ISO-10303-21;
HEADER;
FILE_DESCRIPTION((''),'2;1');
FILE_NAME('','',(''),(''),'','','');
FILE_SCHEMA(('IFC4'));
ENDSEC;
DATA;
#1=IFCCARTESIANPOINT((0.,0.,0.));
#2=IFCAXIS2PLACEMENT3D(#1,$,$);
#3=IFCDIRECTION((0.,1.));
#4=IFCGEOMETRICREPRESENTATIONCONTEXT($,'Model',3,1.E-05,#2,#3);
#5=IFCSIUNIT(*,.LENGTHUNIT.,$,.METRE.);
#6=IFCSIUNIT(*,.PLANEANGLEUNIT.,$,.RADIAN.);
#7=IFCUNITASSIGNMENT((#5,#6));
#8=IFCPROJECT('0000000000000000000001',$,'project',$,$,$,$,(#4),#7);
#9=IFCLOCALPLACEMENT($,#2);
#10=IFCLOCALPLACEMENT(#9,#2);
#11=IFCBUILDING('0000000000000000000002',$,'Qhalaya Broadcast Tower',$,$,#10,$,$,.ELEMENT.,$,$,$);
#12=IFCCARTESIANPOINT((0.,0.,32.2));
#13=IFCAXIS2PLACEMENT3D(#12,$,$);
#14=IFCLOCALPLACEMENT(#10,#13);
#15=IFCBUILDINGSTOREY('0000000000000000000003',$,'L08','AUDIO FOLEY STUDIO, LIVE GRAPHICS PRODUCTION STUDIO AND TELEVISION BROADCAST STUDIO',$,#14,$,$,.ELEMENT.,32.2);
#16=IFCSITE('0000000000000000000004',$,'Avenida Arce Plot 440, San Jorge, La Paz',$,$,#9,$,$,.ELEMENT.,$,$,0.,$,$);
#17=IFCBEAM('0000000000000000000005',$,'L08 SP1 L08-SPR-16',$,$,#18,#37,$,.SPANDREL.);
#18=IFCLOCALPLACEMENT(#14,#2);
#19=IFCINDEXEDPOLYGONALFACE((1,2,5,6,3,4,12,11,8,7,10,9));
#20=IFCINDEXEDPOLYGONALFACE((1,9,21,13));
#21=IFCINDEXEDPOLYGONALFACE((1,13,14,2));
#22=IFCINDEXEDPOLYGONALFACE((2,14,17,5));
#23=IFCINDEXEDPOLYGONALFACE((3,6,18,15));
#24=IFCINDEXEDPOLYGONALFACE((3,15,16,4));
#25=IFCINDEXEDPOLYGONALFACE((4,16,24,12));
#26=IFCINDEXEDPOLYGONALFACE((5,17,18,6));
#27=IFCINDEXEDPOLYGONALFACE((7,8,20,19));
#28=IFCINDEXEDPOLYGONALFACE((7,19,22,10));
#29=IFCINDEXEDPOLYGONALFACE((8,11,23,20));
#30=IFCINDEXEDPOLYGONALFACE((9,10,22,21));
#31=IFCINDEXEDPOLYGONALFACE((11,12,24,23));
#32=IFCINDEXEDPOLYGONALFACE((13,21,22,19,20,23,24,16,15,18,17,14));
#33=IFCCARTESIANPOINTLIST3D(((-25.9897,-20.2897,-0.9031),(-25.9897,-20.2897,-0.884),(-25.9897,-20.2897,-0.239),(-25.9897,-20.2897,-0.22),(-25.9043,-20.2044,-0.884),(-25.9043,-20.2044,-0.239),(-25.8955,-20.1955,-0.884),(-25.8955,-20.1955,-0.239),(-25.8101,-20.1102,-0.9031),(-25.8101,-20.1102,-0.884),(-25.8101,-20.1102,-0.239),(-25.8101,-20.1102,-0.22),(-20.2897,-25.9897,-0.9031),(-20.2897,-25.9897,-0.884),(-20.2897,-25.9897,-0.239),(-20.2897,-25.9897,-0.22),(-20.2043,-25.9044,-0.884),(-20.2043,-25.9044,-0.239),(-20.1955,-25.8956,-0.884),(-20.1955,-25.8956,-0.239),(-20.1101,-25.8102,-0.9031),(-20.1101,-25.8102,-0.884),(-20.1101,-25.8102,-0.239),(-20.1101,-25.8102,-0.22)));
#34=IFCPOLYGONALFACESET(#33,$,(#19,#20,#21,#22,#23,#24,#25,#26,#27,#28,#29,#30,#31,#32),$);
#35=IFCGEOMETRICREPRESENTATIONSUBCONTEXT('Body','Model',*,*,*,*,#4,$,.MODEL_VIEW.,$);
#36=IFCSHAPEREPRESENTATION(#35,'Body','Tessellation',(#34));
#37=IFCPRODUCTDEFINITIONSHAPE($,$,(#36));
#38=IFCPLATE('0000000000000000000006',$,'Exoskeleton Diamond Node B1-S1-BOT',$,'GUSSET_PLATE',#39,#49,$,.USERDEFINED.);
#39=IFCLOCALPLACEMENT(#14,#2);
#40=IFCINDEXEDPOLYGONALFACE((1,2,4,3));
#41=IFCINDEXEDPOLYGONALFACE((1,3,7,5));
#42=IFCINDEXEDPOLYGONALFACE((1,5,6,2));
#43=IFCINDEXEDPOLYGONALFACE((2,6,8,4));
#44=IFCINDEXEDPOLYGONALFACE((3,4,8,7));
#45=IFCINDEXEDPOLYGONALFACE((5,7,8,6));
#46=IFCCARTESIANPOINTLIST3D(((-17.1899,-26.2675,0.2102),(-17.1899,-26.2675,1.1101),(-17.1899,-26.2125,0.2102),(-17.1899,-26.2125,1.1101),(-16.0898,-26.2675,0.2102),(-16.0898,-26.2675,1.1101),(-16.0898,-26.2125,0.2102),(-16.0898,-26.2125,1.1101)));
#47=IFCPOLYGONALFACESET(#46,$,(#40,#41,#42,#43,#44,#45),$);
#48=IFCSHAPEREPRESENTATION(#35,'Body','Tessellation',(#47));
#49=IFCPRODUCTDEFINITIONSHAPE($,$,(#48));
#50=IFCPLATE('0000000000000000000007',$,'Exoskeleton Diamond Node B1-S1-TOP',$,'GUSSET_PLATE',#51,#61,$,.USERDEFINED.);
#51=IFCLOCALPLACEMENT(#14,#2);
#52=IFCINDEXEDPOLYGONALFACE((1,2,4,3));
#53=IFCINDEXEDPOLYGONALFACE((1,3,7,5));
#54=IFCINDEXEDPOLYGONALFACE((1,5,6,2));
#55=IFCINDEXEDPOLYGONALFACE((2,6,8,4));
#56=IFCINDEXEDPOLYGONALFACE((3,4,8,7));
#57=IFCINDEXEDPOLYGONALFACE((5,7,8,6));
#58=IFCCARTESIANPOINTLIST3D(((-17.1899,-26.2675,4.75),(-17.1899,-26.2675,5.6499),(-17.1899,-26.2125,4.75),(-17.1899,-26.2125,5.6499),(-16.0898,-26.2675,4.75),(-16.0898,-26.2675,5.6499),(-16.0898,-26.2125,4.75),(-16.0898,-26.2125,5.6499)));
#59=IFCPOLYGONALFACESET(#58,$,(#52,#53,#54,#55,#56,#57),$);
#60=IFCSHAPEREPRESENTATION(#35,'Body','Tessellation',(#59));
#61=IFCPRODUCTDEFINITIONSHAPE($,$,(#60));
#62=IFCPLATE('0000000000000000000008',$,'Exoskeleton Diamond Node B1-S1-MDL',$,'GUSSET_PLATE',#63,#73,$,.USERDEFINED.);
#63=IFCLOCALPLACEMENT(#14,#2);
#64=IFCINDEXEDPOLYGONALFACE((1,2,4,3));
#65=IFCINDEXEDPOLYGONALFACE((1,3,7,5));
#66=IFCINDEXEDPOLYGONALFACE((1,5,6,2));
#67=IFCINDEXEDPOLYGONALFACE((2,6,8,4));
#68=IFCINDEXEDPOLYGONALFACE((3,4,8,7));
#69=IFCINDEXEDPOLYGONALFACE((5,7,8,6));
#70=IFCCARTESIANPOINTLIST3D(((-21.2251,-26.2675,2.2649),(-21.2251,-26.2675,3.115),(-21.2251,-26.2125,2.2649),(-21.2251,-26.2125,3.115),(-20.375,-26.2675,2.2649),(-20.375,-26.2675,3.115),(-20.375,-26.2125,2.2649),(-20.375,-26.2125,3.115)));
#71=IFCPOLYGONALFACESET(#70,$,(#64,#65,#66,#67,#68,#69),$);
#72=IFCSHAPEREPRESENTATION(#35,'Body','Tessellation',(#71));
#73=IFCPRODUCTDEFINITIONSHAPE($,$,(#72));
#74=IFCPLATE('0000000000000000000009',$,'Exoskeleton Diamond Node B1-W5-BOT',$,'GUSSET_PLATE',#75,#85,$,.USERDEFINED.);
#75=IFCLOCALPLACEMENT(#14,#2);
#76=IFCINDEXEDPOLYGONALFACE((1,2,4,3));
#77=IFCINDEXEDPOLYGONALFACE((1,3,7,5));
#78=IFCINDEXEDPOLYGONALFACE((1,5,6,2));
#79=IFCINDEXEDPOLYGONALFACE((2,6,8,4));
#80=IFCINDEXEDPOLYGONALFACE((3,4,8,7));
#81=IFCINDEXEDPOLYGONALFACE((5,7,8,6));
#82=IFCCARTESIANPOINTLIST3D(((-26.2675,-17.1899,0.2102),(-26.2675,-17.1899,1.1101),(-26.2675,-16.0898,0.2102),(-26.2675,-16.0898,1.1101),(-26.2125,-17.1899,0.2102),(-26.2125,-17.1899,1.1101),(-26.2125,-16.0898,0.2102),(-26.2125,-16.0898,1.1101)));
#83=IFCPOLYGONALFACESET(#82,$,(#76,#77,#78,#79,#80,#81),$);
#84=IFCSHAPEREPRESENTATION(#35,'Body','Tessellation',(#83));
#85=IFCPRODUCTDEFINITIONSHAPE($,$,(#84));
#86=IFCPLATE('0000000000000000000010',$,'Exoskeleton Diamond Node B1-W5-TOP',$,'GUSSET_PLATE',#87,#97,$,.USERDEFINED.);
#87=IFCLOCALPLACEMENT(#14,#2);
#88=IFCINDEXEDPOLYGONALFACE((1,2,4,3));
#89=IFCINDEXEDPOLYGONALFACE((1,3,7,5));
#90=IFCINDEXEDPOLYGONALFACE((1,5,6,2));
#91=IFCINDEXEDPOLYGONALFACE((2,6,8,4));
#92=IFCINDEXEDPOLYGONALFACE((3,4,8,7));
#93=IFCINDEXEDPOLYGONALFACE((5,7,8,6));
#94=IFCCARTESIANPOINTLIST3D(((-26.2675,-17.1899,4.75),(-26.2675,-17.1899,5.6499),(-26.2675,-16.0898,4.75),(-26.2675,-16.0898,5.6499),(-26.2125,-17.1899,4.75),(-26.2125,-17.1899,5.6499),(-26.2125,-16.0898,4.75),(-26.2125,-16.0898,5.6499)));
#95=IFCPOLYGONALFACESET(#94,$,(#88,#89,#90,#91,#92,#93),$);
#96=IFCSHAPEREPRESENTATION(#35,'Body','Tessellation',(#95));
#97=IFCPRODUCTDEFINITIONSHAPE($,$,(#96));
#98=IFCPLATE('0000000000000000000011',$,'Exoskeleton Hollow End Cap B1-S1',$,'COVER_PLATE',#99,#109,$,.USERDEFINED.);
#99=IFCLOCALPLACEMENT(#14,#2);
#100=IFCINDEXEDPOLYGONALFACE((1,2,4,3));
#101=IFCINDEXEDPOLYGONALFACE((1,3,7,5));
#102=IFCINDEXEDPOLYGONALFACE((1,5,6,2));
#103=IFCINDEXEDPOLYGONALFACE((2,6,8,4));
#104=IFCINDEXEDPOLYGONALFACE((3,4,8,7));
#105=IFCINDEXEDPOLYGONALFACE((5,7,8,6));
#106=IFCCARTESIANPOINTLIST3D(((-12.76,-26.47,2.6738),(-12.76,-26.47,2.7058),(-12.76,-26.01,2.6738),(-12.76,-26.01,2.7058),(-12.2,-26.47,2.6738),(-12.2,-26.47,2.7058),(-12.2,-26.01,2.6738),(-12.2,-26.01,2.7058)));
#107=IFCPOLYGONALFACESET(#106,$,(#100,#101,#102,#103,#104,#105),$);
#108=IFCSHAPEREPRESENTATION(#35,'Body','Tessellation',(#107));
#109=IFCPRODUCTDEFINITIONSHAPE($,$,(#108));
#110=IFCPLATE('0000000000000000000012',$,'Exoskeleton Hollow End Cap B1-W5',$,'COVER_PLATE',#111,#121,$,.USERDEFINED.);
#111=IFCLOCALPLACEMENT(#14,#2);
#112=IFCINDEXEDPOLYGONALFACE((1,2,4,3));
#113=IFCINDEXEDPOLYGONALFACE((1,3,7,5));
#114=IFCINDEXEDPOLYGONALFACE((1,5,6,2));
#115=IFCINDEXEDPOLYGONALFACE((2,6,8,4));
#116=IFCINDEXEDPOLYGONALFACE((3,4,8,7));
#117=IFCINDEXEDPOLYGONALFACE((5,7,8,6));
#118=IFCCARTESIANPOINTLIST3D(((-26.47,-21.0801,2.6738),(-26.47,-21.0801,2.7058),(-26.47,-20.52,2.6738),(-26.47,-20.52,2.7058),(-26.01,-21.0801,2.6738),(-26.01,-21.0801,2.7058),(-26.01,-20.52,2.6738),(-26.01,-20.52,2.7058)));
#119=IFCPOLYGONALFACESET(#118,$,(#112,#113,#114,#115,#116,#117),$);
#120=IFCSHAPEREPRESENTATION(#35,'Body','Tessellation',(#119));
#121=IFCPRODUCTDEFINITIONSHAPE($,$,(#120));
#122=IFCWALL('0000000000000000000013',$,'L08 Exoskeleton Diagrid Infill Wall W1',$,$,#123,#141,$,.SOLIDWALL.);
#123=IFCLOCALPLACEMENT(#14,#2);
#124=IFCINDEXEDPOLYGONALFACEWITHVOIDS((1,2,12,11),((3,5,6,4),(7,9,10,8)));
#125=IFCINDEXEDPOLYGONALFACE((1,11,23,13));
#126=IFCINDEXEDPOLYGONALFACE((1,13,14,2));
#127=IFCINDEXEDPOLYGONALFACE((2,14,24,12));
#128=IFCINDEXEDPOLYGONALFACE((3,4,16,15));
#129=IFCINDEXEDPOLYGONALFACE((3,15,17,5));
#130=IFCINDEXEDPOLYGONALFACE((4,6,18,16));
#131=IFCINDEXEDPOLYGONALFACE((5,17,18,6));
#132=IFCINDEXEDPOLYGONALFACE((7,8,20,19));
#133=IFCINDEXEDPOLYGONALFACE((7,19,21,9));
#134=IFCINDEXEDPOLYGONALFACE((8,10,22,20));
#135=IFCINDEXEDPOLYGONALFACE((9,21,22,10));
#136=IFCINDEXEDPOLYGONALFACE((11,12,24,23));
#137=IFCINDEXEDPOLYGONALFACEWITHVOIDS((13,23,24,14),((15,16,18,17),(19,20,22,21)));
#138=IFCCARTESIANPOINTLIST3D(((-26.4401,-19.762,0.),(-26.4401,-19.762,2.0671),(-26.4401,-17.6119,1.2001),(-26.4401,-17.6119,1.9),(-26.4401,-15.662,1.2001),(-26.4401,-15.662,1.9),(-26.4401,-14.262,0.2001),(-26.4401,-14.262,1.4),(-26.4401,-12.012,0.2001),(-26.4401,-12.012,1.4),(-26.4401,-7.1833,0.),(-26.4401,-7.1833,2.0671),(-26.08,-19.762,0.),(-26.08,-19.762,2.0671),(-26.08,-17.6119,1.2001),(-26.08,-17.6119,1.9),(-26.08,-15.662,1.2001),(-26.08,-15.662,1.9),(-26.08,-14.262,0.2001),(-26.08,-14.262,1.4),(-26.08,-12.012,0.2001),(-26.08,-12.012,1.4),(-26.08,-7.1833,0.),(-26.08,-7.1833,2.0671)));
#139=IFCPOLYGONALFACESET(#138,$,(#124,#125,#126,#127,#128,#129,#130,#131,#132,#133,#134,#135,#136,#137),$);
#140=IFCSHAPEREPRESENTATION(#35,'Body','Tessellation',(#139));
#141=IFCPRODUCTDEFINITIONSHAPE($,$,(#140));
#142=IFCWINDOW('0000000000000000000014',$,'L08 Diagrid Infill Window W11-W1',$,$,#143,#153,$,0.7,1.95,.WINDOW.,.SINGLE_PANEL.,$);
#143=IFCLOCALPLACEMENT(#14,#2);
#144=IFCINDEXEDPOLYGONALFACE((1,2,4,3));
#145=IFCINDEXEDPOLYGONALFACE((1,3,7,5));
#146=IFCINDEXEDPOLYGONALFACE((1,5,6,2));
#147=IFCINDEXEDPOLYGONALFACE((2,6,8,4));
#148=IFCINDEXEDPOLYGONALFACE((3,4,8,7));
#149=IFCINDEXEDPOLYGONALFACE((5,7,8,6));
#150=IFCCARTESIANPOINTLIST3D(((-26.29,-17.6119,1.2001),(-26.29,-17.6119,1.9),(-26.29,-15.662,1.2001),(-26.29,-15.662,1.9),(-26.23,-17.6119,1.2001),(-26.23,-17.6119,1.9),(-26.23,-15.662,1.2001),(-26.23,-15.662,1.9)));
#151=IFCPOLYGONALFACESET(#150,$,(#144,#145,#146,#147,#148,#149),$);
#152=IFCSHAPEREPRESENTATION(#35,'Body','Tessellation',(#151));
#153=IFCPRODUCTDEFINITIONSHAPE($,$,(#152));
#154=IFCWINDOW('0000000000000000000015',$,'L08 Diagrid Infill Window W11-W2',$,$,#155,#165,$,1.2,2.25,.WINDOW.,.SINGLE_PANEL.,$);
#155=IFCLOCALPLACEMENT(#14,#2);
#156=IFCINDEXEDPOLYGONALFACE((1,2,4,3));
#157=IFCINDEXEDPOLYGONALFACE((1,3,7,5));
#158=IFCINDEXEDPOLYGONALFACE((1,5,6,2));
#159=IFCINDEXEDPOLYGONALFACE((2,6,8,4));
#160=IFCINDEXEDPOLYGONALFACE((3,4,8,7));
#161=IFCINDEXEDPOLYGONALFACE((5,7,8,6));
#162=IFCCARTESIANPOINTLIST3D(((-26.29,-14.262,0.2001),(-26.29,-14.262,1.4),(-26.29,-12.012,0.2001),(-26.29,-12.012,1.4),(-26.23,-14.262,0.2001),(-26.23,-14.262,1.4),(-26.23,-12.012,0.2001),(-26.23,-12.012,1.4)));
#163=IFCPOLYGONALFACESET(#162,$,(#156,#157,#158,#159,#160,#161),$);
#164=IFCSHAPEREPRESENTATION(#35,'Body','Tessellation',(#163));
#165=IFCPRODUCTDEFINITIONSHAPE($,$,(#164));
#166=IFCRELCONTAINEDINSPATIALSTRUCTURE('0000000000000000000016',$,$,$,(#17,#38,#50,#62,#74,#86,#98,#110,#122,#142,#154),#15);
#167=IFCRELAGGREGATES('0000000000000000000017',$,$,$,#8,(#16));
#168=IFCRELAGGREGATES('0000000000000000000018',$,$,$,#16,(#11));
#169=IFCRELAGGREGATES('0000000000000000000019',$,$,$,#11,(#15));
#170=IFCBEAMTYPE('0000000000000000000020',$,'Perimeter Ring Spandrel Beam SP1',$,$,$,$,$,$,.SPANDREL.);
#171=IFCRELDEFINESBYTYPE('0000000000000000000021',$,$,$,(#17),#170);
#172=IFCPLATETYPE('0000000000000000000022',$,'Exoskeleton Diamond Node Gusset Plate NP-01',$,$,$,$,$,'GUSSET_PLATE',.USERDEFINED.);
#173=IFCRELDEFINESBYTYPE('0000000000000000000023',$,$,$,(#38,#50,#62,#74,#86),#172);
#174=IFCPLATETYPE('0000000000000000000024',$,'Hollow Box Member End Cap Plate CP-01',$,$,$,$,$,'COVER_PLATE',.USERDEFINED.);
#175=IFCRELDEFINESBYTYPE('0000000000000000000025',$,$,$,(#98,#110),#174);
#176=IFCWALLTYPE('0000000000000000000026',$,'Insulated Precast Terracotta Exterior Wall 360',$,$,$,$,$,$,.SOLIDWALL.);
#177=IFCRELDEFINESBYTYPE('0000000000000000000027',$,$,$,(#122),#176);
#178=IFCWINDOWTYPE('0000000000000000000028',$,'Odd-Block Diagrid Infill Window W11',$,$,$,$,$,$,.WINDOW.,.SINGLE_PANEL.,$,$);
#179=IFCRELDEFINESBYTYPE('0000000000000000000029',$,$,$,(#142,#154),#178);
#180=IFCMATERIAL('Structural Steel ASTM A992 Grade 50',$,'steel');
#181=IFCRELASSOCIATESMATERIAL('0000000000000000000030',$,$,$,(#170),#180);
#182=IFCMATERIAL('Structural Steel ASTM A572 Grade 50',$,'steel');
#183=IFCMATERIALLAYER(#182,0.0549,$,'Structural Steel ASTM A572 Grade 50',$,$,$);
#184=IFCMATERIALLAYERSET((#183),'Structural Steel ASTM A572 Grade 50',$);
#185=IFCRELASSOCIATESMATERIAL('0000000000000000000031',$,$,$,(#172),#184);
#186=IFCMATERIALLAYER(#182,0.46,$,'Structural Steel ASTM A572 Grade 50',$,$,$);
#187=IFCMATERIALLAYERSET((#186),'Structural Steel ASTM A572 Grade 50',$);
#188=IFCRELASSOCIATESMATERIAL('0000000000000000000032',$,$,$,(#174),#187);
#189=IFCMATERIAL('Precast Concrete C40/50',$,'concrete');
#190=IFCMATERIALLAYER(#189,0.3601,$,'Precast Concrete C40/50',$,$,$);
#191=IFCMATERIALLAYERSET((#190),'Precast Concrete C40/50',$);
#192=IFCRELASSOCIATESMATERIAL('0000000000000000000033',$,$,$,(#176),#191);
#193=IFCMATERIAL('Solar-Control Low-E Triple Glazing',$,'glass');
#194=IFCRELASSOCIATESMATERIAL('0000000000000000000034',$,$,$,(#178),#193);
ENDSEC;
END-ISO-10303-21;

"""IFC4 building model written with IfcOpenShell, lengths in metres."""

from ifc_helpers import new_model, si_unit, direction, frame, frame_2d, origin, origin_2d, place, context, subcontext, project, spatial, rectangle, i_section, extrude, material, layer, layer_set, material_profile, profile_set, type_object, element, fill, save


model = new_model("IFC4")

# Units and contexts
model_context = context("Model", 3, precision=1e-05, world=origin(), true_north=direction((0.0, 1.0)))
body_context = subcontext(model_context, "Body", "Model", "MODEL_VIEW")
ifc_project = project(units=[si_unit("LENGTHUNIT", "METRE"), si_unit("PLANEANGLEUNIT", "RADIAN")], contexts=[model_context])

# Site, building, storey
site_placement = place(None, origin())
site = spatial("IfcSite", under=ifc_project, at=site_placement, Name="Avenida Arce Plot 440, San Jorge, La Paz", CompositionType="ELEMENT", RefElevation=0.0)
building_placement = place(site_placement, origin())
building = spatial("IfcBuilding", under=site, at=building_placement, Name="Qhalaya Broadcast Tower", CompositionType="ELEMENT")
storey_placement = place(building_placement, frame((0.0, 0.0, 32.2)))
storey = spatial("IfcBuildingStorey", under=building, at=storey_placement, Name="L08", Description="AUDIO FOLEY STUDIO, LIVE GRAPHICS PRODUCTION STUDIO AND TELEVISION BROADCAST STUDIO", CompositionType="ELEMENT", Elevation=32.2)

# Shared definitions
ifc_material_1 = material(Name="Structural Steel ASTM A572 Grade 50", Category="steel")

# Beam
ifc_material_2 = material(Name="Structural Steel ASTM A992 Grade 50", Category="steel")
ifc_material_profile_1 = material_profile(ifc_material_2, i_section(OverallWidth=0.2539, OverallDepth=0.6831, WebThickness=0.0125, FlangeThickness=0.019, at=origin_2d()), Name="W27X94")
ifc_profile_set_1 = profile_set([ifc_material_profile_1], Name="Structural Steel ASTM A992 Grade 50")
beam_type = type_object("IfcBeamType", Name="Perimeter Ring Spandrel Beam SP1", PredefinedType="SPANDREL", material=ifc_profile_set_1)
beam_1_placement = place(storey_placement, frame((-25.8999, -20.2, -0.5615), z_axis=(0.707107, -0.707107, 0.0), x_axis=(0.707107, 0.707107, 0.0)))
element("IfcBeam", 1, at=beam_1_placement, inside=storey, type_object=beam_type, Name="L08 SP1 L08-SPR-16", PredefinedType="SPANDREL", context=body_context, shape_type="SweptSolid", body=[
    extrude(i_section(OverallWidth=0.2539, OverallDepth=0.6831, WebThickness=0.0125, FlangeThickness=0.019, at=origin_2d()), origin(), (0.0, 0.0, 1.0), 8.061),
])

# Plates
ifc_layer_1 = layer(ifc_material_1, 0.0549, Name="Structural Steel ASTM A572 Grade 50")
ifc_layer_set_1 = layer_set([ifc_layer_1], Name="Structural Steel ASTM A572 Grade 50")
plate_type_1 = type_object("IfcPlateType", Name="Exoskeleton Diamond Node Gusset Plate NP-01", ElementType="GUSSET_PLATE", PredefinedType="USERDEFINED", material=ifc_layer_set_1)
for number, where, z_axis, x_axis, name in (
    (2, (-16.6399, -26.24, 0.2102), (0.0, 0.0, 1.0), (1.0, 0.0, 0.0), "Exoskeleton Diamond Node B1-S1-BOT"),
    (3, (-16.6399, -26.24, 4.75), (0.0, 0.0, 1.0), (1.0, 0.0, 0.0), "Exoskeleton Diamond Node B1-S1-TOP"),
):
    element("IfcPlate", number, at=place(storey_placement, frame(where, z_axis=z_axis, x_axis=x_axis)), inside=storey, type_object=plate_type_1, Name=name, ObjectType="GUSSET_PLATE", PredefinedType="USERDEFINED", context=body_context, shape_type="SweptSolid", body=[
        extrude(rectangle(XDim=1.1001, YDim=0.0549, at=origin_2d()), origin(), (0.0, 0.0, 1.0), 0.8999),
    ])
plate_placement = place(storey_placement, frame((-20.8, -26.24, 2.2649), z_axis=(0.0, 0.0, 1.0), x_axis=(1.0, 0.0, 0.0)))
element("IfcPlate", 4, at=plate_placement, inside=storey, type_object=plate_type_1, Name="Exoskeleton Diamond Node B1-S1-MDL", ObjectType="GUSSET_PLATE", PredefinedType="USERDEFINED", context=body_context, shape_type="SweptSolid", body=[
    extrude(rectangle(XDim=0.8501, YDim=0.0549, at=origin_2d()), origin(), (0.0, 0.0, 1.0), 0.8501),
])
for number, where, z_axis, x_axis, name in (
    (5, (-26.24, -16.6399, 0.2102), (0.0, 0.0, 1.0), (0.0, 1.0, 0.0), "Exoskeleton Diamond Node B1-W5-BOT"),
    (6, (-26.24, -16.6399, 4.75), (0.0, 0.0, 1.0), (0.0, 1.0, 0.0), "Exoskeleton Diamond Node B1-W5-TOP"),
):
    element("IfcPlate", number, at=place(storey_placement, frame(where, z_axis=z_axis, x_axis=x_axis)), inside=storey, type_object=plate_type_1, Name=name, ObjectType="GUSSET_PLATE", PredefinedType="USERDEFINED", context=body_context, shape_type="SweptSolid", body=[
        extrude(rectangle(XDim=1.1001, YDim=0.0549, at=origin_2d()), origin(), (0.0, 0.0, 1.0), 0.8999),
    ])
ifc_layer_2 = layer(ifc_material_1, 0.46, Name="Structural Steel ASTM A572 Grade 50")
ifc_layer_set_2 = layer_set([ifc_layer_2], Name="Structural Steel ASTM A572 Grade 50")
plate_type_2 = type_object("IfcPlateType", Name="Hollow Box Member End Cap Plate CP-01", ElementType="COVER_PLATE", PredefinedType="USERDEFINED", material=ifc_layer_set_2)
for number, where, z_axis, x_axis, name in (
    (7, (-12.48, -26.24, 2.6738), (0.0, 0.0, 1.0), (1.0, 0.0, 0.0), "Exoskeleton Hollow End Cap B1-S1"),
    (8, (-26.24, -20.8, 2.6738), (0.0, 0.0, 1.0), (0.0, 1.0, 0.0), "Exoskeleton Hollow End Cap B1-W5"),
):
    element("IfcPlate", number, at=place(storey_placement, frame(where, z_axis=z_axis, x_axis=x_axis)), inside=storey, type_object=plate_type_2, Name=name, ObjectType="COVER_PLATE", PredefinedType="USERDEFINED", context=body_context, shape_type="SweptSolid", body=[
        extrude(rectangle(XDim=0.5601, YDim=0.46, at=origin_2d()), origin(), (0.0, 0.0, 1.0), 0.032),
    ])

# Wall, openings, windows
ifc_material_3 = material(Name="Precast Concrete C40/50", Category="concrete")
ifc_layer_3 = layer(ifc_material_3, 0.3601, Name="Precast Concrete C40/50")
ifc_layer_set_3 = layer_set([ifc_layer_3], Name="Precast Concrete C40/50")
wall_type = type_object("IfcWallType", Name="Insulated Precast Terracotta Exterior Wall 360", PredefinedType="SOLIDWALL", material=ifc_layer_set_3)
wall_placement = place(storey_placement, frame((-26.26, -19.762, 0.0), z_axis=(0.0, 0.0, 1.0), x_axis=(0.0, 1.0, 0.0)))
wall = element("IfcWall", 9, at=wall_placement, inside=storey, type_object=wall_type, Name="L08 Exoskeleton Diagrid Infill Wall W1", PredefinedType="SOLIDWALL", context=body_context, shape_type="SweptSolid", body=[
    extrude(rectangle(XDim=12.5786, YDim=0.3601, at=frame_2d((6.2893, 0.0))), origin(), (0.0, 0.0, 1.0), 2.0671),
])
opening_1_placement = place(wall_placement, frame((2.1499, 0.0, 1.2)))
opening_1 = element("IfcOpeningElement", 10, at=opening_1_placement, cuts=wall, PredefinedType="OPENING", context=body_context, shape_type="SweptSolid", body=[
    extrude(rectangle(XDim=1.95, YDim=0.7, at=frame_2d((0.9751, 0.3501))), frame((0.0, 0.1921, 0.0), z_axis=(0.0, -1.0, 0.0), x_axis=(1.0, 0.0, 0.0)), (0.0, 0.0, 1.0), 0.384),
])
opening_2_placement = place(wall_placement, frame((5.5, 0.0, 0.2)))
opening_2 = element("IfcOpeningElement", 11, at=opening_2_placement, cuts=wall, PredefinedType="OPENING", context=body_context, shape_type="SweptSolid", body=[
    extrude(rectangle(XDim=2.25, YDim=1.2, at=frame_2d((1.125, 0.6001))), frame((0.0, 0.1921, 0.0), z_axis=(0.0, -1.0, 0.0), x_axis=(1.0, 0.0, 0.0)), (0.0, 0.0, 1.0), 0.384),
])
ifc_material_4 = material(Name="Solar-Control Low-E Triple Glazing", Category="glass")
window_type = type_object("IfcWindowType", Name="Odd-Block Diagrid Infill Window W11", PartitioningType="SINGLE_PANEL", PredefinedType="WINDOW", material=ifc_material_4)
window_1_placement = place(opening_1_placement, origin())
window_1 = element("IfcWindow", 12, at=window_1_placement, inside=storey, type_object=window_type, Name="L08 Diagrid Infill Window W11-W1", OverallHeight=0.7, OverallWidth=1.95, PartitioningType="SINGLE_PANEL", PredefinedType="WINDOW", context=body_context, shape_type="SweptSolid", body=[
    extrude(rectangle(XDim=1.95, YDim=0.7, at=frame_2d((0.9751, 0.3501))), frame((0.0, 0.03, 0.0), z_axis=(0.0, -1.0, 0.0), x_axis=(1.0, 0.0, 0.0)), (0.0, 0.0, 1.0), 0.0601),
])
fill(opening_1, window_1)
window_2_placement = place(opening_2_placement, origin())
window_2 = element("IfcWindow", 13, at=window_2_placement, inside=storey, type_object=window_type, Name="L08 Diagrid Infill Window W11-W2", OverallHeight=1.2, OverallWidth=2.25, PartitioningType="SINGLE_PANEL", PredefinedType="WINDOW", context=body_context, shape_type="SweptSolid", body=[
    extrude(rectangle(XDim=2.25, YDim=1.2, at=frame_2d((1.125, 0.6001))), frame((0.0, 0.03, 0.0), z_axis=(0.0, -1.0, 0.0), x_axis=(1.0, 0.0, 0.0)), (0.0, 0.0, 1.0), 0.0601),
])
fill(opening_2, window_2)

save(model, "model.ifc")
